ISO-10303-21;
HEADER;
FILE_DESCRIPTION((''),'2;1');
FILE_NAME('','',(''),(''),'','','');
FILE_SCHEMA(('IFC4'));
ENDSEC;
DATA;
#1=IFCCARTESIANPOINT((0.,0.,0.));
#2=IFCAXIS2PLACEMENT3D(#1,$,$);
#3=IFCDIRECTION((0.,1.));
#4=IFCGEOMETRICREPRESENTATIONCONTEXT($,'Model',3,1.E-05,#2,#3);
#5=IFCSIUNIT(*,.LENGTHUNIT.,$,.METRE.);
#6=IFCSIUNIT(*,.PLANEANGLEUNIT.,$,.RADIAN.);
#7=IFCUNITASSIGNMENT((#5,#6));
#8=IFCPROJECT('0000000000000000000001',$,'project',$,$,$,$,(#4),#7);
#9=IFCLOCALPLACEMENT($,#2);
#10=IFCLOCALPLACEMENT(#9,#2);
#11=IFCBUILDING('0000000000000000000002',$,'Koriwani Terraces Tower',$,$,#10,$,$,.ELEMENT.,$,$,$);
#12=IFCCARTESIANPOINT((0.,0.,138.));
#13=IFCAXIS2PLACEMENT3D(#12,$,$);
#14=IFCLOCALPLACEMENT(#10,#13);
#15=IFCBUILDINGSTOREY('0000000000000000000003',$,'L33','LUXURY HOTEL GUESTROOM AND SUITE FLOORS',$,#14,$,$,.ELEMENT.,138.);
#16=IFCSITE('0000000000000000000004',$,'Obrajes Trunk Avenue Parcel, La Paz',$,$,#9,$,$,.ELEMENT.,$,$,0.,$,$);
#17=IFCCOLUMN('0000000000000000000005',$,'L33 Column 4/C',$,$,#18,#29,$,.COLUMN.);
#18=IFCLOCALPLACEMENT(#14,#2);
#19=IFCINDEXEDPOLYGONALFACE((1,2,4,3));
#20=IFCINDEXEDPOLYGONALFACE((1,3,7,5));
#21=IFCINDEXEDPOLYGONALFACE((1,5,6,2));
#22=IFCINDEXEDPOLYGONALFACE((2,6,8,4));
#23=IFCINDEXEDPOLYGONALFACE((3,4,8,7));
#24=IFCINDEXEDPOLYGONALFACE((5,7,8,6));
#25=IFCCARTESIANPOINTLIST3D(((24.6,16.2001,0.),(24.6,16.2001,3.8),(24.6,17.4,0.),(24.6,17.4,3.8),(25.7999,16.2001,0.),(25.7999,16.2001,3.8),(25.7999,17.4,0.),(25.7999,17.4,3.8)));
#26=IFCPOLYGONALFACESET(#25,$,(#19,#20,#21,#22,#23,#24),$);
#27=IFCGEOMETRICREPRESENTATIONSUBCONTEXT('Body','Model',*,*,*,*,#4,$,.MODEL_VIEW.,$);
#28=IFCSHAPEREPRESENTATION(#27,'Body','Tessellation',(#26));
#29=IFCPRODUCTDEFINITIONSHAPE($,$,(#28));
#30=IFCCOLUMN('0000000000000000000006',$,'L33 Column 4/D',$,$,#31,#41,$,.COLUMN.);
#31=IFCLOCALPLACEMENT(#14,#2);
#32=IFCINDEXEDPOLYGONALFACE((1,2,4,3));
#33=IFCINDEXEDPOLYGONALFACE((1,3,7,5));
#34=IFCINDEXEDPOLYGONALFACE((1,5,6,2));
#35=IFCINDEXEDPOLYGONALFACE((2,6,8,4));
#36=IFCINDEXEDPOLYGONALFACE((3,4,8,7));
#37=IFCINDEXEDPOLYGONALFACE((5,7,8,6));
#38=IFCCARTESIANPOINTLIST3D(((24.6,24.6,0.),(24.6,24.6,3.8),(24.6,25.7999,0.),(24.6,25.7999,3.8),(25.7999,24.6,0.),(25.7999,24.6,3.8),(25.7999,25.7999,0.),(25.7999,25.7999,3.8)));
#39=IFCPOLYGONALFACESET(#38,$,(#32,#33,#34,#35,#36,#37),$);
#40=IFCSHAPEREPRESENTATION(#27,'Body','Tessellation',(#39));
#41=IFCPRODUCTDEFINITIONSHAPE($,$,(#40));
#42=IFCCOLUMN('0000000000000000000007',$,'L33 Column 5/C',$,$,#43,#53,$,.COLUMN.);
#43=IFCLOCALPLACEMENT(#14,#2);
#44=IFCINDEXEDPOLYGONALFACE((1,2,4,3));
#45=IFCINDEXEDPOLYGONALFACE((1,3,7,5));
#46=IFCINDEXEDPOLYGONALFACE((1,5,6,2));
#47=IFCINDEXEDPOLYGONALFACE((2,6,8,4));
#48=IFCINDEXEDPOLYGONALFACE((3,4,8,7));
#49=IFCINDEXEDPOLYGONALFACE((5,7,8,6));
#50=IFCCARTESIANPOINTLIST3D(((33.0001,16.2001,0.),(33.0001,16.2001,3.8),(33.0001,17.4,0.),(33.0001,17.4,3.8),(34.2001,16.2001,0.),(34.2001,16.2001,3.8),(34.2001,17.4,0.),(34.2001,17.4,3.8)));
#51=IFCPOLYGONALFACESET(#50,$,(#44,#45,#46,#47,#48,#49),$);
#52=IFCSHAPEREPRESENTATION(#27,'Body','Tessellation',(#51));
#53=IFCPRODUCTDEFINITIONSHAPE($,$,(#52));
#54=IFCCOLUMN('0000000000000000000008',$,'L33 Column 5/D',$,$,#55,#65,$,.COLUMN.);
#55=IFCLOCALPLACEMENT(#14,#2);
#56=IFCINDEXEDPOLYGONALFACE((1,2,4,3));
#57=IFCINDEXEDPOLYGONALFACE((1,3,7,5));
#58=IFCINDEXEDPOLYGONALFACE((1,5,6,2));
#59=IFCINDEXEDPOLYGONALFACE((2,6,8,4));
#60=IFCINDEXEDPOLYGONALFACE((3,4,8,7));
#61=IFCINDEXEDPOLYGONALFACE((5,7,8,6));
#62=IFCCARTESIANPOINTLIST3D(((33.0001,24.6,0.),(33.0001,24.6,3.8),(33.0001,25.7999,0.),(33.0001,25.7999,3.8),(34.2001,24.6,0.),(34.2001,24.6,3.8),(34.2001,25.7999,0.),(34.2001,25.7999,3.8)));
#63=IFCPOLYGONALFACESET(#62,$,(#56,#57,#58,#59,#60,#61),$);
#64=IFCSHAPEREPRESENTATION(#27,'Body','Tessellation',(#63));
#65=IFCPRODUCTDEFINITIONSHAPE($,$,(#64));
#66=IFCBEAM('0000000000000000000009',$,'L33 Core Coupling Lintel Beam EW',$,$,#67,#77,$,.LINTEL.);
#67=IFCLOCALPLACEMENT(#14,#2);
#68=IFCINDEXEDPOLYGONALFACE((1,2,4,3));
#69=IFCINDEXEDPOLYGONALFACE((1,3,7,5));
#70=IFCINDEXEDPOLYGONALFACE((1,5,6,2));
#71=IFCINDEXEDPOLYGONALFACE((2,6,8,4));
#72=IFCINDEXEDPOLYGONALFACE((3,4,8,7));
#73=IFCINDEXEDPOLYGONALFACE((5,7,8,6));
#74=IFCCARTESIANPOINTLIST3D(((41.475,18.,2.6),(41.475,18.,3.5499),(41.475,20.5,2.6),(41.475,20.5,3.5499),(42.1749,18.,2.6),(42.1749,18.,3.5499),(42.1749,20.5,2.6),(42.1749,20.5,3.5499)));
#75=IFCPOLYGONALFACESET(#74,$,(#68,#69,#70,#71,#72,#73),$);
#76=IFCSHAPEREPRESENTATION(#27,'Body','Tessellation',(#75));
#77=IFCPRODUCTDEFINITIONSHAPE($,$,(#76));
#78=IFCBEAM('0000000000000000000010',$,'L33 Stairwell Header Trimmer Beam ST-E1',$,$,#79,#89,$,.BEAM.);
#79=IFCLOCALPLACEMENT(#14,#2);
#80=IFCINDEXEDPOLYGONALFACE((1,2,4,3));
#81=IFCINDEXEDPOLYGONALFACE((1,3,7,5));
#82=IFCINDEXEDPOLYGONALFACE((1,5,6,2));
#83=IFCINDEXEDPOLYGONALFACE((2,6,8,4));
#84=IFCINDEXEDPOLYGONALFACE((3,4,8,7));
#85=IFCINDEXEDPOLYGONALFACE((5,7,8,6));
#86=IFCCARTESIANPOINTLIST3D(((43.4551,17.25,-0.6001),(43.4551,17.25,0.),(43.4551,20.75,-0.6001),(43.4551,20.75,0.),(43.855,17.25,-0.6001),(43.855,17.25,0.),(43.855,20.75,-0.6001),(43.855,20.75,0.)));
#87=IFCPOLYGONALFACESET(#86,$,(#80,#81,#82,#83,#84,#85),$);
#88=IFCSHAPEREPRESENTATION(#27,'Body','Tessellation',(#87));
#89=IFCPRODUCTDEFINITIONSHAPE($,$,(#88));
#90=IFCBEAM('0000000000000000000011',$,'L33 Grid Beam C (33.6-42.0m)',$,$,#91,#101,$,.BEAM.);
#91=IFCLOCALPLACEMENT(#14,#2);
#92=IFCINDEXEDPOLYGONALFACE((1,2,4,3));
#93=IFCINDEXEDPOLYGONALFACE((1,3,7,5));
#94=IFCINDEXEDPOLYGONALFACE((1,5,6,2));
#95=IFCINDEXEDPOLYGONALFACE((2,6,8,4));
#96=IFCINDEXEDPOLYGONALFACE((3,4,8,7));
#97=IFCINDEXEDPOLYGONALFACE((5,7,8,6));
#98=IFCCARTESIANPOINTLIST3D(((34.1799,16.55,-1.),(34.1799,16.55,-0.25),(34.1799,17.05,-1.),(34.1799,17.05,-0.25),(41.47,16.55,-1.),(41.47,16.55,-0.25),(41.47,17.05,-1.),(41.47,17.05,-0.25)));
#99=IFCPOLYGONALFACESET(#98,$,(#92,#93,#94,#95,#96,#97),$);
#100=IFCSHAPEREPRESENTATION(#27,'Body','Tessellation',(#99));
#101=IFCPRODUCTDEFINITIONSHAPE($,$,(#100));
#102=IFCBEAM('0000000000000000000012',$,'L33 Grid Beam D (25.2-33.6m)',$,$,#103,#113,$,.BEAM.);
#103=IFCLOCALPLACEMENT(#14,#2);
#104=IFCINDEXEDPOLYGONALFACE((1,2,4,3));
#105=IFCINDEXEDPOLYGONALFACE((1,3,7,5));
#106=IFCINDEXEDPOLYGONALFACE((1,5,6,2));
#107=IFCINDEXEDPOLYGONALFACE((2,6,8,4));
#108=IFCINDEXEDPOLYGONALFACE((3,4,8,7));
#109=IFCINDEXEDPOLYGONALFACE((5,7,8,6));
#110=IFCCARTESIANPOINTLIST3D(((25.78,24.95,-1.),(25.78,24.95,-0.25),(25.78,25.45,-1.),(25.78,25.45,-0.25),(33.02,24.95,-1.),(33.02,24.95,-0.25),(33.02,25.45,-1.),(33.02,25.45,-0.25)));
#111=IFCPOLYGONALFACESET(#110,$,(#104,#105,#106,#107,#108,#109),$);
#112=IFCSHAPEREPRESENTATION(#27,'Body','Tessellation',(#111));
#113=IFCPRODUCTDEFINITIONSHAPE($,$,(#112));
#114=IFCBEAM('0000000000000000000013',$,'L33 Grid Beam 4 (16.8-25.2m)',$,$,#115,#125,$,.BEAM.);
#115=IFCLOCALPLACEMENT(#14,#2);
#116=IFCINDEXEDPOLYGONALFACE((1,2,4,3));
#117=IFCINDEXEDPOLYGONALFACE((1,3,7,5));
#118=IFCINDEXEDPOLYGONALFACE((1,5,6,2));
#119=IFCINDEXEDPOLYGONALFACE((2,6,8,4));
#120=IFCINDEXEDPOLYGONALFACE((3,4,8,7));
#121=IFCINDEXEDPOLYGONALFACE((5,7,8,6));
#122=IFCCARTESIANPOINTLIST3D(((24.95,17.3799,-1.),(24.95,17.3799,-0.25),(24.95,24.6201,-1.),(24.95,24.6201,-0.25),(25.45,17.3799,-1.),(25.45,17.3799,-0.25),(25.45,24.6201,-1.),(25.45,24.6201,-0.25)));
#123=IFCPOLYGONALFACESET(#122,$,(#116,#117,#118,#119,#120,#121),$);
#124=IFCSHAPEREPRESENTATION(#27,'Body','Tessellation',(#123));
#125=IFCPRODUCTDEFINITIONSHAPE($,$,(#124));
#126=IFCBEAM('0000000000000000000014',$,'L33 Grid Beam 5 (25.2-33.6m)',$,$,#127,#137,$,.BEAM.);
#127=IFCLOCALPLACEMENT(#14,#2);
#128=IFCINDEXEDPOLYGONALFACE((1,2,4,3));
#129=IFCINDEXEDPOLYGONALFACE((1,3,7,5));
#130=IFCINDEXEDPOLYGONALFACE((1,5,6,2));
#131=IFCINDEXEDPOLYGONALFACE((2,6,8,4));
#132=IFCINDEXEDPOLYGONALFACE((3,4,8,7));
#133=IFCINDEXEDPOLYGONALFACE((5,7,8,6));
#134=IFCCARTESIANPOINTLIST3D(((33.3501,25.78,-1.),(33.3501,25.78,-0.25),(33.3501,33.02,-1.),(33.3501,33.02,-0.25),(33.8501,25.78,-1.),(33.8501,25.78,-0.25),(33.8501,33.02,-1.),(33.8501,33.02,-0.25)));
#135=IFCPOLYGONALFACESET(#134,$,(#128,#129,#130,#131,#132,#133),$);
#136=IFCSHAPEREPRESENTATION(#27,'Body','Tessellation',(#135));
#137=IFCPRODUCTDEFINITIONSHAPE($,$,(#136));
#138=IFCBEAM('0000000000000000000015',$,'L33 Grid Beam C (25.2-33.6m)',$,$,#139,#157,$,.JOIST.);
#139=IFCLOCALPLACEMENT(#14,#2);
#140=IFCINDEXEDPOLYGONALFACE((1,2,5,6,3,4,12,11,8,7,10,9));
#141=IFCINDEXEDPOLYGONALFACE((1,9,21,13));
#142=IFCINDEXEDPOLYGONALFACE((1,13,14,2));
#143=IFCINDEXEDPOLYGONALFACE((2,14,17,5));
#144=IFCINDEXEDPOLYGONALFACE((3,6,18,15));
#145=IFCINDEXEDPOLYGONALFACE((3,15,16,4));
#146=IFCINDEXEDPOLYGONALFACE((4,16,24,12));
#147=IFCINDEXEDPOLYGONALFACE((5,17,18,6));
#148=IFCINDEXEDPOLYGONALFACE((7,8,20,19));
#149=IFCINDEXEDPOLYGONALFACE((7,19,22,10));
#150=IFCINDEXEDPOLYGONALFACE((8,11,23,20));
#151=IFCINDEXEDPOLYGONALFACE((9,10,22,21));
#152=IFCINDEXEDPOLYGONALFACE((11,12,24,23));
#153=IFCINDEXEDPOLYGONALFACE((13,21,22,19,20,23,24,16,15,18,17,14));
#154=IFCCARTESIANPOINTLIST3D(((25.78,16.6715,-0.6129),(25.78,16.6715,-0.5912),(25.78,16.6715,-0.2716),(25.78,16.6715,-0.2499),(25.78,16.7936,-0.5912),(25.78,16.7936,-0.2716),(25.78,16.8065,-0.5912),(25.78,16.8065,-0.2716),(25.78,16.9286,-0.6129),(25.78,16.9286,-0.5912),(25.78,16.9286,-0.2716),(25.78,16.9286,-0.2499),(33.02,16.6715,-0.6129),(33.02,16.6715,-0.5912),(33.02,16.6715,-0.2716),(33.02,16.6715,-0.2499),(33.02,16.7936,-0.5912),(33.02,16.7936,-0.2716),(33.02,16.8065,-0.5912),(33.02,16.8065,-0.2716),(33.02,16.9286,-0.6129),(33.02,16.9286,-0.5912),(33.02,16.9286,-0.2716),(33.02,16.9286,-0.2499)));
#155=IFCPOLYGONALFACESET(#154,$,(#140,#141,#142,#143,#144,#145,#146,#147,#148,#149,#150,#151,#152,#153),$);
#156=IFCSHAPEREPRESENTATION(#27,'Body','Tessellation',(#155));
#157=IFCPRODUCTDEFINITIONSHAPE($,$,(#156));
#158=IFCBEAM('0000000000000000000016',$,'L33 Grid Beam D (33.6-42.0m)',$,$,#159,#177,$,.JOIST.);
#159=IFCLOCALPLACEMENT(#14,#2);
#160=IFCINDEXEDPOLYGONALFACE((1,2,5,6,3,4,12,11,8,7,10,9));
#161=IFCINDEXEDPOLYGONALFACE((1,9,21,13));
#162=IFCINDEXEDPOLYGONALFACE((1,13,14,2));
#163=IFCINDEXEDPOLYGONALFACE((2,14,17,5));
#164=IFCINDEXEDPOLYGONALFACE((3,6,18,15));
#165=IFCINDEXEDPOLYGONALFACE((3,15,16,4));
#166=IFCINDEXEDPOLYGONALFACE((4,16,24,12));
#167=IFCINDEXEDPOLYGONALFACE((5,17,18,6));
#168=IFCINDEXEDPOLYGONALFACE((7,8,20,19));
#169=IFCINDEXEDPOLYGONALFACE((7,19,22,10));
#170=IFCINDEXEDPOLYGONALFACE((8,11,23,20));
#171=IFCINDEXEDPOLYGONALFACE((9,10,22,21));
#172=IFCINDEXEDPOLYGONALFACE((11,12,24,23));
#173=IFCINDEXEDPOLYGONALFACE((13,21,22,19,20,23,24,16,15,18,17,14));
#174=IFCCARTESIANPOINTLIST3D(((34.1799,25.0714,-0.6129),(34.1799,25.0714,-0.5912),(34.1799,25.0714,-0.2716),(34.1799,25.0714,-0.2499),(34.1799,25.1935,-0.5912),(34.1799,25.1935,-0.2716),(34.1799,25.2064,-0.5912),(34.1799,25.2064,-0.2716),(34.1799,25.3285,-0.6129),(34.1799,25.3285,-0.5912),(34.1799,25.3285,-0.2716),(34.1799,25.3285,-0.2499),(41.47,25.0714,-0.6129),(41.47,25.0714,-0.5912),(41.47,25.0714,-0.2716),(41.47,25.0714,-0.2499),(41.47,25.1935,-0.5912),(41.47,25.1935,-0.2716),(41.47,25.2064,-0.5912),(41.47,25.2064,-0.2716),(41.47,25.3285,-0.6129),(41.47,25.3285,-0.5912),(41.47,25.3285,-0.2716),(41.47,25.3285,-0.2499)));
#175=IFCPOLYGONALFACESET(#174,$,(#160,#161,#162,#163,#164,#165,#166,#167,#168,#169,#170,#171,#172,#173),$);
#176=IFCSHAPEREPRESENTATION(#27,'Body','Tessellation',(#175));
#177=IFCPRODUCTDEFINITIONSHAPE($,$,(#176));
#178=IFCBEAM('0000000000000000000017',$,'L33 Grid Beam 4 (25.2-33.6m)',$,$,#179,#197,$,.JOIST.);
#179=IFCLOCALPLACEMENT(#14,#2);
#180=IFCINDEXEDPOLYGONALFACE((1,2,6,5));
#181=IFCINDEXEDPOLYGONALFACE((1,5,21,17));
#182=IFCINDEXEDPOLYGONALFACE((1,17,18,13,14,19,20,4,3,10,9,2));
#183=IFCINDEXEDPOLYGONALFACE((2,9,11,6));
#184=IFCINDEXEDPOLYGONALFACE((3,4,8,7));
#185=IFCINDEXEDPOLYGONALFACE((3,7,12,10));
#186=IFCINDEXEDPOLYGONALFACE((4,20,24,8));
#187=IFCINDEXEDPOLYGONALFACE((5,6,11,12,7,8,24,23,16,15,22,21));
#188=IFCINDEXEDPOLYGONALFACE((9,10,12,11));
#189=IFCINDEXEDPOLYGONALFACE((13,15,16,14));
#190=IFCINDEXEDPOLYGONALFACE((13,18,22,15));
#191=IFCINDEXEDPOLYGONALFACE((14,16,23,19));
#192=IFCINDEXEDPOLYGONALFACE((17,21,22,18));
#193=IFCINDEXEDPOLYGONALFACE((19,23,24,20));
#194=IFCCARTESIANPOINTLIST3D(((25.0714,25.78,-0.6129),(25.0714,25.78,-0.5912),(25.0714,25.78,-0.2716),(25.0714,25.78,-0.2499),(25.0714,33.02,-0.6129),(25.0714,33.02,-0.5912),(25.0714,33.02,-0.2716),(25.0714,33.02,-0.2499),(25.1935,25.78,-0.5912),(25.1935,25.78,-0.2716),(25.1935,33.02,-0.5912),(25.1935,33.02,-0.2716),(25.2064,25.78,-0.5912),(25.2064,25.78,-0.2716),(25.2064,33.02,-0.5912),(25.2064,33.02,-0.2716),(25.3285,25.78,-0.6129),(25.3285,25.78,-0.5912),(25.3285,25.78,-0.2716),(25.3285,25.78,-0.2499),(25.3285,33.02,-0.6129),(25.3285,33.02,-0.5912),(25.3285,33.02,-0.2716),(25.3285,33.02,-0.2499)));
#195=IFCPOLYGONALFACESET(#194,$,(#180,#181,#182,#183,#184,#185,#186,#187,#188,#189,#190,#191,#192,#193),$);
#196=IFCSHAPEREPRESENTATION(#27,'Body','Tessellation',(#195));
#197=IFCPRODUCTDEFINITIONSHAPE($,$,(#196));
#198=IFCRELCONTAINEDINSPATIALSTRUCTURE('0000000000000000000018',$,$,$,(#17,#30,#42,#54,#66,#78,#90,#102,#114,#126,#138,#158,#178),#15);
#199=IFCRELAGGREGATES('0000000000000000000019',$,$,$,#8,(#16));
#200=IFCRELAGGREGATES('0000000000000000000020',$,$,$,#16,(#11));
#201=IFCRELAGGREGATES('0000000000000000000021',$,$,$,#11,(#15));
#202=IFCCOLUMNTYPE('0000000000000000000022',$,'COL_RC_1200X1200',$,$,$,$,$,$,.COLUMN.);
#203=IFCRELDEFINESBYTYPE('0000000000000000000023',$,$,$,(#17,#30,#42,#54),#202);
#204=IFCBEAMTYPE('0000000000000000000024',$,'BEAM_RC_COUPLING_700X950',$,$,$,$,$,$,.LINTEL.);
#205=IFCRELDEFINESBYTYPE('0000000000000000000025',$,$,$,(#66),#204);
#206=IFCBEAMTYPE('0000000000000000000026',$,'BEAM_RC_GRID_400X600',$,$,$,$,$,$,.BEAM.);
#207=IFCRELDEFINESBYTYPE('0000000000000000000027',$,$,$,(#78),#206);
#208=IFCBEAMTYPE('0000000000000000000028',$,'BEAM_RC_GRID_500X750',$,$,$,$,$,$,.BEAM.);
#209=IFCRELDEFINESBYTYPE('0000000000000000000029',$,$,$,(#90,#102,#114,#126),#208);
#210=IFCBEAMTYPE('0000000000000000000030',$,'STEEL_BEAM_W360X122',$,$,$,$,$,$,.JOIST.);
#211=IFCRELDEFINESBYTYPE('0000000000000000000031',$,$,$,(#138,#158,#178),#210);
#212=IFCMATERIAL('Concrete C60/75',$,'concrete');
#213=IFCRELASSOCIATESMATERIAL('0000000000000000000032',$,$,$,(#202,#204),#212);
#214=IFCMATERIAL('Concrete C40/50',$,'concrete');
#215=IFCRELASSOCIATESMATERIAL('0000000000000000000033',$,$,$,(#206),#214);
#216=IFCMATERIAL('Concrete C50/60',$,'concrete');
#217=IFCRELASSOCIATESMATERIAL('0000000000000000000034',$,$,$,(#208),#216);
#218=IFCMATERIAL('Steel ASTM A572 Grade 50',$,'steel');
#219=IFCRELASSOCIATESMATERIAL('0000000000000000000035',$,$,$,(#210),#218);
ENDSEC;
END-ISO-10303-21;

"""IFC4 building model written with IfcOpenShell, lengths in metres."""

from ifc_helpers import new_model, si_unit, direction, frame, origin, origin_2d, place, context, subcontext, project, spatial, rectangle, i_section, extrude, material, material_profile, profile_set, type_object, element, save


model = new_model("IFC4")

# Units and contexts
model_context = context("Model", 3, precision=1e-05, world=origin(), true_north=direction((0.0, 1.0)))
body_context = subcontext(model_context, "Body", "Model", "MODEL_VIEW")
ifc_project = project(units=[si_unit("LENGTHUNIT", "METRE"), si_unit("PLANEANGLEUNIT", "RADIAN")], contexts=[model_context])

# Site, building, storey
site_placement = place(None, origin())
site = spatial("IfcSite", under=ifc_project, at=site_placement, Name="Obrajes Trunk Avenue Parcel, La Paz", CompositionType="ELEMENT", RefElevation=0.0)
building_placement = place(site_placement, origin())
building = spatial("IfcBuilding", under=site, at=building_placement, Name="Koriwani Terraces Tower", CompositionType="ELEMENT")
storey_placement = place(building_placement, frame((0.0, 0.0, 138.0)))
storey = spatial("IfcBuildingStorey", under=building, at=storey_placement, Name="L33", Description="LUXURY HOTEL GUESTROOM AND SUITE FLOORS", CompositionType="ELEMENT", Elevation=138.0)

# Columns
ifc_material_1 = material(Name="Concrete C60/75", Category="concrete")
ifc_material_profile_1 = material_profile(ifc_material_1, rectangle(XDim=1.2, YDim=1.2, at=origin_2d()), Name="Concrete C60/75", Category="LoadBearing")
ifc_profile_set_1 = profile_set([ifc_material_profile_1], Name="Concrete C60/75")
column_type = type_object("IfcColumnType", Name="COL_RC_1200X1200", PredefinedType="COLUMN", material=ifc_profile_set_1)
for number, where, z_axis, x_axis, name in (
    (1, (25.2, 16.8, 0.0), (0.0, 0.0, 1.0), (1.0, 0.0, 0.0), "L33 Column 4/C"),
    (2, (25.2, 25.2, 0.0), (0.0, 0.0, 1.0), (1.0, 0.0, 0.0), "L33 Column 4/D"),
    (3, (33.6001, 16.8, 0.0), (0.0, 0.0, 1.0), (1.0, 0.0, 0.0), "L33 Column 5/C"),
    (4, (33.6001, 25.2, 0.0), (0.0, 0.0, 1.0), (1.0, 0.0, 0.0), "L33 Column 5/D"),
):
    element("IfcColumn", number, at=place(storey_placement, frame(where, z_axis=z_axis, x_axis=x_axis)), inside=storey, type_object=column_type, Name=name, PredefinedType="COLUMN", context=body_context, shape_type="SweptSolid", body=[
        extrude(rectangle(XDim=1.2, YDim=1.2, at=origin_2d()), origin(), (0.0, 0.0, 1.0), 3.8),
    ])

# Beams
ifc_material_profile_2 = material_profile(ifc_material_1, rectangle(XDim=0.7, YDim=0.95, at=origin_2d()), Name="Concrete C60/75", Category="LoadBearing")
ifc_profile_set_2 = profile_set([ifc_material_profile_2], Name="Concrete C60/75")
beam_type_1 = type_object("IfcBeamType", Name="BEAM_RC_COUPLING_700X950", PredefinedType="LINTEL", material=ifc_profile_set_2)
beam_1_placement = place(storey_placement, frame((41.825, 18.0, 3.075), z_axis=(0.0, 1.0, 0.0), x_axis=(-1.0, 0.0, 0.0)))
element("IfcBeam", 5, at=beam_1_placement, inside=storey, type_object=beam_type_1, Name="L33 Core Coupling Lintel Beam EW", PredefinedType="LINTEL", context=body_context, shape_type="SweptSolid", body=[
    extrude(rectangle(XDim=0.7, YDim=0.95, at=origin_2d()), origin(), (0.0, 0.0, 1.0), 2.5),
])
ifc_material_2 = material(Name="Concrete C40/50", Category="concrete")
ifc_material_profile_3 = material_profile(ifc_material_2, rectangle(XDim=0.3999, YDim=0.6001, at=origin_2d()), Name="Concrete C40/50", Category="LoadBearing")
ifc_profile_set_3 = profile_set([ifc_material_profile_3], Name="Concrete C40/50")
beam_type_2 = type_object("IfcBeamType", Name="BEAM_RC_GRID_400X600", PredefinedType="BEAM", material=ifc_profile_set_3)
beam_2_placement = place(storey_placement, frame((43.655, 17.25, -0.3), z_axis=(0.0, 1.0, 0.0), x_axis=(-1.0, 0.0, 0.0)))
element("IfcBeam", 6, at=beam_2_placement, inside=storey, type_object=beam_type_2, Name="L33 Stairwell Header Trimmer Beam ST-E1", PredefinedType="BEAM", context=body_context, shape_type="SweptSolid", body=[
    extrude(rectangle(XDim=0.3999, YDim=0.6001, at=origin_2d()), origin(), (0.0, 0.0, 1.0), 3.5),
])
ifc_material_3 = material(Name="Concrete C50/60", Category="concrete")
ifc_material_profile_4 = material_profile(ifc_material_3, rectangle(XDim=0.5, YDim=0.75, at=origin_2d()), Name="Concrete C50/60", Category="LoadBearing")
ifc_profile_set_4 = profile_set([ifc_material_profile_4], Name="Concrete C50/60")
beam_type_3 = type_object("IfcBeamType", Name="BEAM_RC_GRID_500X750", PredefinedType="BEAM", material=ifc_profile_set_4)
beam_3_placement = place(storey_placement, frame((34.1799, 16.8, -0.625), z_axis=(1.0, 0.0, 0.0), x_axis=(0.0, 1.0, 0.0)))
element("IfcBeam", 7, at=beam_3_placement, inside=storey, type_object=beam_type_3, Name="L33 Grid Beam C (33.6-42.0m)", PredefinedType="BEAM", context=body_context, shape_type="SweptSolid", body=[
    extrude(rectangle(XDim=0.5, YDim=0.75, at=origin_2d()), origin(), (0.0, 0.0, 1.0), 7.29),
])
beam_4_placement = place(storey_placement, frame((25.78, 25.2, -0.625), z_axis=(1.0, 0.0, 0.0), x_axis=(0.0, 1.0, 0.0)))
element("IfcBeam", 8, at=beam_4_placement, inside=storey, type_object=beam_type_3, Name="L33 Grid Beam D (25.2-33.6m)", PredefinedType="BEAM", context=body_context, shape_type="SweptSolid", body=[
    extrude(rectangle(XDim=0.5, YDim=0.75, at=origin_2d()), origin(), (0.0, 0.0, 1.0), 7.24),
])
beam_5_placement = place(storey_placement, frame((25.2, 17.3799, -0.625), z_axis=(0.0, 1.0, 0.0), x_axis=(-1.0, 0.0, 0.0)))
element("IfcBeam", 9, at=beam_5_placement, inside=storey, type_object=beam_type_3, Name="L33 Grid Beam 4 (16.8-25.2m)", PredefinedType="BEAM", context=body_context, shape_type="SweptSolid", body=[
    extrude(rectangle(XDim=0.5, YDim=0.75, at=origin_2d()), origin(), (0.0, 0.0, 1.0), 7.2402),
])
beam_6_placement = place(storey_placement, frame((33.6001, 25.78, -0.625), z_axis=(0.0, 1.0, 0.0), x_axis=(-1.0, 0.0, 0.0)))
element("IfcBeam", 10, at=beam_6_placement, inside=storey, type_object=beam_type_3, Name="L33 Grid Beam 5 (25.2-33.6m)", PredefinedType="BEAM", context=body_context, shape_type="SweptSolid", body=[
    extrude(rectangle(XDim=0.5, YDim=0.75, at=origin_2d()), origin(), (0.0, 0.0, 1.0), 7.24),
])
ifc_material_4 = material(Name="Steel ASTM A572 Grade 50", Category="steel")
ifc_material_profile_5 = material_profile(ifc_material_4, i_section(OverallWidth=0.2571, OverallDepth=0.363, WebThickness=0.0129, FlangeThickness=0.0217, at=origin_2d()), Name="Steel ASTM A572 Grade 50", Category="LoadBearing")
ifc_profile_set_5 = profile_set([ifc_material_profile_5], Name="Steel ASTM A572 Grade 50")
beam_type_4 = type_object("IfcBeamType", Name="STEEL_BEAM_W360X122", PredefinedType="JOIST", material=ifc_profile_set_5)
beam_7_placement = place(storey_placement, frame((25.78, 16.8, -0.4314), z_axis=(1.0, 0.0, 0.0), x_axis=(0.0, 1.0, 0.0)))
element("IfcBeam", 11, at=beam_7_placement, inside=storey, type_object=beam_type_4, Name="L33 Grid Beam C (25.2-33.6m)", PredefinedType="JOIST", context=body_context, shape_type="SweptSolid", body=[
    extrude(i_section(OverallWidth=0.2571, OverallDepth=0.363, WebThickness=0.0129, FlangeThickness=0.0217, at=origin_2d()), origin(), (0.0, 0.0, 1.0), 7.24),
])
beam_8_placement = place(storey_placement, frame((34.1799, 25.2, -0.4314), z_axis=(1.0, 0.0, 0.0), x_axis=(0.0, 1.0, 0.0)))
element("IfcBeam", 12, at=beam_8_placement, inside=storey, type_object=beam_type_4, Name="L33 Grid Beam D (33.6-42.0m)", PredefinedType="JOIST", context=body_context, shape_type="SweptSolid", body=[
    extrude(i_section(OverallWidth=0.2571, OverallDepth=0.363, WebThickness=0.0129, FlangeThickness=0.0217, at=origin_2d()), origin(), (0.0, 0.0, 1.0), 7.29),
])
beam_9_placement = place(storey_placement, frame((25.2, 25.78, -0.4314), z_axis=(0.0, 1.0, 0.0), x_axis=(-1.0, 0.0, 0.0)))
element("IfcBeam", 13, at=beam_9_placement, inside=storey, type_object=beam_type_4, Name="L33 Grid Beam 4 (25.2-33.6m)", PredefinedType="JOIST", context=body_context, shape_type="SweptSolid", body=[
    extrude(i_section(OverallWidth=0.2571, OverallDepth=0.363, WebThickness=0.0129, FlangeThickness=0.0217, at=origin_2d()), origin(), (0.0, 0.0, 1.0), 7.24),
])

save(model, "model.ifc")
